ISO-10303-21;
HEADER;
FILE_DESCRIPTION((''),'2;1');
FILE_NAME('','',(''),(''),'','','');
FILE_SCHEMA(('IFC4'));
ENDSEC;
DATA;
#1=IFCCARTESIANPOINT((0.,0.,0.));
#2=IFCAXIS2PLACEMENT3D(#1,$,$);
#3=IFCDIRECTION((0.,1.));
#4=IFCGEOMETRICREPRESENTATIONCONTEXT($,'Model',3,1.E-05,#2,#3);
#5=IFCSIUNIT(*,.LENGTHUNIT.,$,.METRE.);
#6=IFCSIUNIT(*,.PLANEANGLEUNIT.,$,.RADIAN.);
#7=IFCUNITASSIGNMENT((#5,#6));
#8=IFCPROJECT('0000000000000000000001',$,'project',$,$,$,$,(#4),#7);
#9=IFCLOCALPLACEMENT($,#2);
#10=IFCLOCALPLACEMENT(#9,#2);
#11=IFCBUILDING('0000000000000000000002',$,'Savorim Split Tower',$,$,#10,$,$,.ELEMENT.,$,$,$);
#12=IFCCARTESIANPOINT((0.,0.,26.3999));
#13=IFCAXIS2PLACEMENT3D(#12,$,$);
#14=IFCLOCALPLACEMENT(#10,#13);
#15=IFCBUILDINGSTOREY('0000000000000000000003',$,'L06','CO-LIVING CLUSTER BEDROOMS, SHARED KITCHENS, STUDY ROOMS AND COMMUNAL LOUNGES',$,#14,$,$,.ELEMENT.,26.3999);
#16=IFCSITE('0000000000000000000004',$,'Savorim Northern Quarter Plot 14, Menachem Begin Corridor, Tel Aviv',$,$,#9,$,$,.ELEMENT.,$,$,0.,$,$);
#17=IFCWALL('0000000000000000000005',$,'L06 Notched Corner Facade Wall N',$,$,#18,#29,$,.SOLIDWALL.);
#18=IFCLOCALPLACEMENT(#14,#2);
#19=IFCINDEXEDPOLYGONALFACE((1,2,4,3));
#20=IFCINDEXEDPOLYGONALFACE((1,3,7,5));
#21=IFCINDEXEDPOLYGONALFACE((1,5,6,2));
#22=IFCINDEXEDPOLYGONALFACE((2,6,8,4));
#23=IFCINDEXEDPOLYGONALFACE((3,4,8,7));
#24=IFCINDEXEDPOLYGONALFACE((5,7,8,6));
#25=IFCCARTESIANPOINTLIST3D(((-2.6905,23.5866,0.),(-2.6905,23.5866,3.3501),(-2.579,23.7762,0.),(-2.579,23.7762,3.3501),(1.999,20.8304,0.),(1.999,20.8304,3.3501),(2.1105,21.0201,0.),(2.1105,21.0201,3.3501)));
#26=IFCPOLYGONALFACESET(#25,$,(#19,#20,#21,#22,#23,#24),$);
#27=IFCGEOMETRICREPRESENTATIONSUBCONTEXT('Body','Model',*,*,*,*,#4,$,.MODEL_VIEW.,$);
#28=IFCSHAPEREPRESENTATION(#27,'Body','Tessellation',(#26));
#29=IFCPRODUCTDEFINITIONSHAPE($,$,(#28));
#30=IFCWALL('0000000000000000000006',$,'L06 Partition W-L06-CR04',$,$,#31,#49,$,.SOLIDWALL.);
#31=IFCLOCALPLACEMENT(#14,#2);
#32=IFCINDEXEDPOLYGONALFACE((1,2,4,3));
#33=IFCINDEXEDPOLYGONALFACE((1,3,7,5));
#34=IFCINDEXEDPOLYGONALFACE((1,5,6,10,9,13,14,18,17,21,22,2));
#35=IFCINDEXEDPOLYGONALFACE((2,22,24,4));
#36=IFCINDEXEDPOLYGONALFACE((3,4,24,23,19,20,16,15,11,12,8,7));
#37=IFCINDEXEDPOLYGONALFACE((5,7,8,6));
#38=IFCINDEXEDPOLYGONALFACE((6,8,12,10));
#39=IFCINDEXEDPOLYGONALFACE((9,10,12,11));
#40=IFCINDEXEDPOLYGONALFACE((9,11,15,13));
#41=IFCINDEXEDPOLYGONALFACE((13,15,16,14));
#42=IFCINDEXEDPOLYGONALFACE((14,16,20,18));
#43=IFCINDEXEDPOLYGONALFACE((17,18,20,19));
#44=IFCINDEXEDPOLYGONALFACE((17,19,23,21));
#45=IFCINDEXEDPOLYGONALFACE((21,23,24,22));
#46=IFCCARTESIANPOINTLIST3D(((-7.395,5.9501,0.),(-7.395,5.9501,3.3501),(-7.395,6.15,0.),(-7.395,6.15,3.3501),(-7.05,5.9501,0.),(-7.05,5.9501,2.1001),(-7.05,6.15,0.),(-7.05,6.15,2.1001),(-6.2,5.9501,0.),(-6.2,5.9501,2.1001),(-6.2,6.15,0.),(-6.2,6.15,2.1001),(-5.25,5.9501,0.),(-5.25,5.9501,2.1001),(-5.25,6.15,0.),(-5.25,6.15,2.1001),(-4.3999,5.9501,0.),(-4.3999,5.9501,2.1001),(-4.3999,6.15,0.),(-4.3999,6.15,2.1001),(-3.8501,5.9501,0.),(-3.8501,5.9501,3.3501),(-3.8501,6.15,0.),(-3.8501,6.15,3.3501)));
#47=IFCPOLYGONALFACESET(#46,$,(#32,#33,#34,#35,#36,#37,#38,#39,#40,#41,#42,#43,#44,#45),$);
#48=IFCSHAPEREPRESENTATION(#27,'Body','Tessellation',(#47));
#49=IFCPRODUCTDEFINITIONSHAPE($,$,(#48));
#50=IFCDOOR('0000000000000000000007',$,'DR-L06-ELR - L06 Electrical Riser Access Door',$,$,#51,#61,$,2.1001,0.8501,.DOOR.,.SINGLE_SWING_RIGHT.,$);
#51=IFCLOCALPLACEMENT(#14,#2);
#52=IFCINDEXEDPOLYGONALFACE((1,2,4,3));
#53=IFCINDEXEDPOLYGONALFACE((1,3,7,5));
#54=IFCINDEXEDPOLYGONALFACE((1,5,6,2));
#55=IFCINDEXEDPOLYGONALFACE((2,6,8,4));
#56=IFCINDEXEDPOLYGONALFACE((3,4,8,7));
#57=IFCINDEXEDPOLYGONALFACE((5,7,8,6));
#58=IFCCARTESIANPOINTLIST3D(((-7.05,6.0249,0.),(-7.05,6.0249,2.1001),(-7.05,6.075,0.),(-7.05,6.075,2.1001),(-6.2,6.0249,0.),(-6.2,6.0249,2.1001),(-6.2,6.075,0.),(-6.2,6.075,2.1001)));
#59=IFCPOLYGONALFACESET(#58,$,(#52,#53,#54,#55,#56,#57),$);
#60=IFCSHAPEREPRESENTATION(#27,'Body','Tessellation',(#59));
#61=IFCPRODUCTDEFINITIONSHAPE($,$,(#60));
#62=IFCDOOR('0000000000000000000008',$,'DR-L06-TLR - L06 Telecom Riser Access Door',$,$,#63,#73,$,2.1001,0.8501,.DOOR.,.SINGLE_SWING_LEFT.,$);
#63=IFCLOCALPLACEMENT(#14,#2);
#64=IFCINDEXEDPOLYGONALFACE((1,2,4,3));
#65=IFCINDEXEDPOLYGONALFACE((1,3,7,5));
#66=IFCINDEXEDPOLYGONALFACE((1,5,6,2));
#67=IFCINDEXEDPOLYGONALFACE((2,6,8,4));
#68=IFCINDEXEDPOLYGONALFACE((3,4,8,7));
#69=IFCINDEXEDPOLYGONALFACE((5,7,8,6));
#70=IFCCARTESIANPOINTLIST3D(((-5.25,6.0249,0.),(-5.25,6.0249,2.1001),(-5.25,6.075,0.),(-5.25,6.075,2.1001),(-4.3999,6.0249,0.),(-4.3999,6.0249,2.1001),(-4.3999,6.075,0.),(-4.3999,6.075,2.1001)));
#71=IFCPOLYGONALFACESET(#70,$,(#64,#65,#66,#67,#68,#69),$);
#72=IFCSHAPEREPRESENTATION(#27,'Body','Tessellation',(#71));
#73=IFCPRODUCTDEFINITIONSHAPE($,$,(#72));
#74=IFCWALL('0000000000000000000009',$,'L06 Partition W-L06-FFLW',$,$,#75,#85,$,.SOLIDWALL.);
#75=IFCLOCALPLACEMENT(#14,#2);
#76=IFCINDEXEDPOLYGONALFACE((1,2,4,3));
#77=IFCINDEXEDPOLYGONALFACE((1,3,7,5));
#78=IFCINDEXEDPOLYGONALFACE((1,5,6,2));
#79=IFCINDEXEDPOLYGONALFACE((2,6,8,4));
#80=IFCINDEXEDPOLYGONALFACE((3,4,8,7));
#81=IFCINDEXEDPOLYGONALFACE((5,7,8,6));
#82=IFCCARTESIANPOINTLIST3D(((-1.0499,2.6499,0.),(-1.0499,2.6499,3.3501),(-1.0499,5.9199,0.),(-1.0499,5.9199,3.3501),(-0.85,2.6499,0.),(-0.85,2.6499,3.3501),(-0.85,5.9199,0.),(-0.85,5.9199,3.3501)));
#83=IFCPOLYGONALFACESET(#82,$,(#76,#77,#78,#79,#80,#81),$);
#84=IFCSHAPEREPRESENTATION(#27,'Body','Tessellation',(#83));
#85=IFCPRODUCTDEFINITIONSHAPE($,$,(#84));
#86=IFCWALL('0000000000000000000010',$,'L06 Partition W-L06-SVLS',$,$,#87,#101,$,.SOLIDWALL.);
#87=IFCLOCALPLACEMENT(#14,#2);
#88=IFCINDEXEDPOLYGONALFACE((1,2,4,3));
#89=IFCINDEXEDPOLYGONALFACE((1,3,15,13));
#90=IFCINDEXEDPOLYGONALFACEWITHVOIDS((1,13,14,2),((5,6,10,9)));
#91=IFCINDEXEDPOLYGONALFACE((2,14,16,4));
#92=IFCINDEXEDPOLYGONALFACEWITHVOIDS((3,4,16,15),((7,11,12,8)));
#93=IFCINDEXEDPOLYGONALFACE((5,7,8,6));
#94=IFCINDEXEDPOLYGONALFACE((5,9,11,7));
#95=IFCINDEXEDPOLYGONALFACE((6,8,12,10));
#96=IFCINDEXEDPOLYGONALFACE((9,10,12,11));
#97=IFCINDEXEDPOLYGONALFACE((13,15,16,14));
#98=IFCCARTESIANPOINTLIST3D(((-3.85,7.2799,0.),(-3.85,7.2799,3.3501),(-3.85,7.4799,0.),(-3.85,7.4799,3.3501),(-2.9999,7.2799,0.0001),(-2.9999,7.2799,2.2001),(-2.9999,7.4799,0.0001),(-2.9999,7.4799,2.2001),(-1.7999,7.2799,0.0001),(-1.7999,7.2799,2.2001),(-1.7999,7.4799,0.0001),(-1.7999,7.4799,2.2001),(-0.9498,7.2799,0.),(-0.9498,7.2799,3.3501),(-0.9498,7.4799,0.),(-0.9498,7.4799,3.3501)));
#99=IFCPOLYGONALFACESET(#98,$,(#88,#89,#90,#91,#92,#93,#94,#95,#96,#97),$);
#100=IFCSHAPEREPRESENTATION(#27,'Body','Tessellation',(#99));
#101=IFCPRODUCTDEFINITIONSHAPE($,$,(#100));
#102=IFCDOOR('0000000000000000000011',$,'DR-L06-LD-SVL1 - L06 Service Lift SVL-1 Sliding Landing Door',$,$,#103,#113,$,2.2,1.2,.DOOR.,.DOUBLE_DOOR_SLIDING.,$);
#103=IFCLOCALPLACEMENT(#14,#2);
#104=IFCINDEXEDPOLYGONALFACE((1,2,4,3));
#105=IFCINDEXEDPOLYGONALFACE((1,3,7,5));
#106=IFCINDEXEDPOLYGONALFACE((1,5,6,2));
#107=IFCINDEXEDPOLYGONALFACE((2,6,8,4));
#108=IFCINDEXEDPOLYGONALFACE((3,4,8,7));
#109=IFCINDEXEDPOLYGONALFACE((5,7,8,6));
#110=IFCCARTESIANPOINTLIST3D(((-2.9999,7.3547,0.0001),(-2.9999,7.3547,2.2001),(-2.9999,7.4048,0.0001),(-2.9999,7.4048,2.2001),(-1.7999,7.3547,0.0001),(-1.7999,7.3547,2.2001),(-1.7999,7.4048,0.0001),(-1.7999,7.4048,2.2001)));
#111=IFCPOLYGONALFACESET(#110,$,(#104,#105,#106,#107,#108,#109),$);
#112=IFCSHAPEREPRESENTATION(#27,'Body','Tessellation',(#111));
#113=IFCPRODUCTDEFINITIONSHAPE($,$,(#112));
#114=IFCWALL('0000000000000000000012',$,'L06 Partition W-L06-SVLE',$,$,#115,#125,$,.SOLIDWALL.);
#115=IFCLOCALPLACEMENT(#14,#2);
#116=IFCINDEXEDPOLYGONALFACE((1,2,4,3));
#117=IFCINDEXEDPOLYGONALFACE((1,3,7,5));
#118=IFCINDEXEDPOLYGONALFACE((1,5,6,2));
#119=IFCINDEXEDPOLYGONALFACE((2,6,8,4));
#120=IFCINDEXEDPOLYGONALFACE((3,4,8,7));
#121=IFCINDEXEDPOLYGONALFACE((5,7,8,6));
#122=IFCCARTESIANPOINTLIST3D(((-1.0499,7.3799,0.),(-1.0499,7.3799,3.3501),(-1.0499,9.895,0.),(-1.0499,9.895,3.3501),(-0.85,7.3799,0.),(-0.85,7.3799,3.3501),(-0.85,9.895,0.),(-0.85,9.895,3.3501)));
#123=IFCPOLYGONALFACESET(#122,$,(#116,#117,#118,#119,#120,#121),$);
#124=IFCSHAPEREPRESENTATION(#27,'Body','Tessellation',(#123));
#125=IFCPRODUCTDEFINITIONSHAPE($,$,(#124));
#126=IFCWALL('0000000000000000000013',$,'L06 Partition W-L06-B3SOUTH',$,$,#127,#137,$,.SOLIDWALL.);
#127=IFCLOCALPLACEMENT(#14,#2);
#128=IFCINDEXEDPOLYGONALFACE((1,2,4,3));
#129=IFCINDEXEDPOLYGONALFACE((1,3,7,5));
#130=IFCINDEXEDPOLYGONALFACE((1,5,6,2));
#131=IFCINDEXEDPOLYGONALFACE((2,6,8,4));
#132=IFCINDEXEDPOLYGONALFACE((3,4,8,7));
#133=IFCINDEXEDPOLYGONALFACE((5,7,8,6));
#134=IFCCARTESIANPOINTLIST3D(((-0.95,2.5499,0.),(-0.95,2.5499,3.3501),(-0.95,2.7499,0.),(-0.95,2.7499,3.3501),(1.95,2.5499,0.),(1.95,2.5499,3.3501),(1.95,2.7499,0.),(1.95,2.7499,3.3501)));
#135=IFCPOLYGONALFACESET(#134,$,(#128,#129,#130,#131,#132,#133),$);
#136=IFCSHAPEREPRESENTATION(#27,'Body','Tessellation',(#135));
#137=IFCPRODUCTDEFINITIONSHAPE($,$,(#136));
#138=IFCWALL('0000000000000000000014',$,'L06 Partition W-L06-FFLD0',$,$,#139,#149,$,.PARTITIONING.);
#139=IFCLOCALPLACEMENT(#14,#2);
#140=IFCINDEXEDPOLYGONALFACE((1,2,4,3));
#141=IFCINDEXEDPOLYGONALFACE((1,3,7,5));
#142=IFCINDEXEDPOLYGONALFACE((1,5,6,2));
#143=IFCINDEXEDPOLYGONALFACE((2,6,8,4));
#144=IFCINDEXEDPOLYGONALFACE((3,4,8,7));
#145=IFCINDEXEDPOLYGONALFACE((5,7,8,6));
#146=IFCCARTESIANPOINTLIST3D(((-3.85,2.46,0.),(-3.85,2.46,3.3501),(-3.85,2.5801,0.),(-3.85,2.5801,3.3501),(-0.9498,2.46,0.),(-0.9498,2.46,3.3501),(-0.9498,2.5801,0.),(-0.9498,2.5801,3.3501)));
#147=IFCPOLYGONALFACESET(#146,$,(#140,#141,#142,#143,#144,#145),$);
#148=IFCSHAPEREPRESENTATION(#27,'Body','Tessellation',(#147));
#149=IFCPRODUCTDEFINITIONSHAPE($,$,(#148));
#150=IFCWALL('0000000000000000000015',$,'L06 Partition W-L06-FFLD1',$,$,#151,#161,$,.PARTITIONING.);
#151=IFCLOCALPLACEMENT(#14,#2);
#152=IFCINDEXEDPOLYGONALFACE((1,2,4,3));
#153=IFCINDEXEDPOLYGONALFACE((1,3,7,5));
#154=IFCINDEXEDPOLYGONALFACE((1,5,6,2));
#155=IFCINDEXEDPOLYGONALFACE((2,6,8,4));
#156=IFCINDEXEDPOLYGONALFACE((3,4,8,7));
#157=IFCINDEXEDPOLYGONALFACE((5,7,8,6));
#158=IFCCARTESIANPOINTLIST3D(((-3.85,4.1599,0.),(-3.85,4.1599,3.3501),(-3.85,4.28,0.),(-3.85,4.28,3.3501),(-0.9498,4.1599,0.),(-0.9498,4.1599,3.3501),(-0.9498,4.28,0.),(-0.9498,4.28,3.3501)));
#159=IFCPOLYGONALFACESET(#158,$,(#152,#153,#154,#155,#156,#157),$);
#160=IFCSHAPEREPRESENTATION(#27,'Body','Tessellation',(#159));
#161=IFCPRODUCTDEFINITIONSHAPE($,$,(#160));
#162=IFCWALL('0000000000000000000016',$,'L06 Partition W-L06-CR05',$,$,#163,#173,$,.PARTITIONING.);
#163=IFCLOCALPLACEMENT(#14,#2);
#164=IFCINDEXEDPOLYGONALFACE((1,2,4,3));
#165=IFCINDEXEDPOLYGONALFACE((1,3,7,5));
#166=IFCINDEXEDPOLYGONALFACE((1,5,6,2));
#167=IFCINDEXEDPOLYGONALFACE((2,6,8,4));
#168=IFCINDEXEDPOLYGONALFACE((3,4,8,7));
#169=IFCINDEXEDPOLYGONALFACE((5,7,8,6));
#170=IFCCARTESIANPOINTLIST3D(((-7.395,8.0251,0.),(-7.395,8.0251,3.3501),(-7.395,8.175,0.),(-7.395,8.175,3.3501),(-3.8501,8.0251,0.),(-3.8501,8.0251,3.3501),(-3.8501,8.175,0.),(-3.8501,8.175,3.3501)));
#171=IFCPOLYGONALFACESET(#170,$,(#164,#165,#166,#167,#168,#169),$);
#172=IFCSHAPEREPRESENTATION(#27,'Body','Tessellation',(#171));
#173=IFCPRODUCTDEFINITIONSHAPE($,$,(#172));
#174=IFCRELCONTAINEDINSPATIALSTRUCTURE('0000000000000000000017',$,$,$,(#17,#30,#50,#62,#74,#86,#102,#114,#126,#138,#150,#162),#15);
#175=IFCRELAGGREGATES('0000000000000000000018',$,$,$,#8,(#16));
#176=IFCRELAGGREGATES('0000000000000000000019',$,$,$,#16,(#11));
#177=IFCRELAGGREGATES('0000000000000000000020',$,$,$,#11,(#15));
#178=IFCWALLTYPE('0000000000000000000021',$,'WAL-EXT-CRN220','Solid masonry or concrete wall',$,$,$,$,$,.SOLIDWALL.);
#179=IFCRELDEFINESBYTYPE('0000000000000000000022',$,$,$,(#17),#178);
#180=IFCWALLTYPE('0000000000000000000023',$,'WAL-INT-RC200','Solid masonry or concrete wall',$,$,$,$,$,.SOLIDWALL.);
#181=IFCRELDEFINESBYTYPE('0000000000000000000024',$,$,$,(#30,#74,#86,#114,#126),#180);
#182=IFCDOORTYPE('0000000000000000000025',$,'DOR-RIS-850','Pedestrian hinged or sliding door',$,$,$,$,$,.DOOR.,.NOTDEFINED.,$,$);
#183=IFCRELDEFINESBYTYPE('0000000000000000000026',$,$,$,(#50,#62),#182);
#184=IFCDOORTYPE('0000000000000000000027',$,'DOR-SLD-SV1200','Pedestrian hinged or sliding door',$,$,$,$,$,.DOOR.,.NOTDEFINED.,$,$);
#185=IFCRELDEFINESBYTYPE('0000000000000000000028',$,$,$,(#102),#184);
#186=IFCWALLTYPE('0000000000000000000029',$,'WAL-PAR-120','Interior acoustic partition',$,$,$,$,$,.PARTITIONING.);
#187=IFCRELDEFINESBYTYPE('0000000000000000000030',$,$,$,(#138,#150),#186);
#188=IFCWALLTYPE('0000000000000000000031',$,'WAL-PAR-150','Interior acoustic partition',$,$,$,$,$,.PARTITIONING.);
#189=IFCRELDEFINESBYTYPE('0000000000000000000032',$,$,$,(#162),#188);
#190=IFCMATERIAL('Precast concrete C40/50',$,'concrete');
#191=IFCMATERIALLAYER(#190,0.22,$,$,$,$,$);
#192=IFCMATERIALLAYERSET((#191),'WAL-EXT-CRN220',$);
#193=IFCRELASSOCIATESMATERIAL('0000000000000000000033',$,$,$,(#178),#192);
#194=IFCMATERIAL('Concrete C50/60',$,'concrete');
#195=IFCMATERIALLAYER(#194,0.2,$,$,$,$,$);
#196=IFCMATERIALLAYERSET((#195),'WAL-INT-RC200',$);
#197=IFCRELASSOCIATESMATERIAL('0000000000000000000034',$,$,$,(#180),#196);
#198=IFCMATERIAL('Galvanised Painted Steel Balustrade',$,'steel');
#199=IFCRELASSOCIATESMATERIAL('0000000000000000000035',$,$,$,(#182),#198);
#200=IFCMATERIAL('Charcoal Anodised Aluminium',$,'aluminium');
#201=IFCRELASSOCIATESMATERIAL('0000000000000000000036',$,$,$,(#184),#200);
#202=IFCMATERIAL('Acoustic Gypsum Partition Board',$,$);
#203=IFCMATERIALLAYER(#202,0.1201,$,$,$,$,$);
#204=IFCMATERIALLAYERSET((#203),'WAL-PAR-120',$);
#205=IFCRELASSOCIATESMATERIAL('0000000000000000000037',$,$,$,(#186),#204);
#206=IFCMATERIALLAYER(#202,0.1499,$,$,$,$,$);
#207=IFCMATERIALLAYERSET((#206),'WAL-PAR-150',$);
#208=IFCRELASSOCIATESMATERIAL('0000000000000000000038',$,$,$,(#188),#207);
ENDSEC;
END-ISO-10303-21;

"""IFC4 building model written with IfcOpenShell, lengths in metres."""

from ifc_helpers import new_model, si_unit, direction, frame, frame_2d, origin, place, context, subcontext, project, spatial, rectangle, extrude, material, layer, layer_set, type_object, element, fill, save


model = new_model("IFC4")

# Units and contexts
model_context = context("Model", 3, precision=1e-05, world=origin(), true_north=direction((0.0, 1.0)))
body_context = subcontext(model_context, "Body", "Model", "MODEL_VIEW")
ifc_project = project(units=[si_unit("LENGTHUNIT", "METRE"), si_unit("PLANEANGLEUNIT", "RADIAN")], contexts=[model_context])

# Site, building, storey
site_placement = place(None, origin())
site = spatial("IfcSite", under=ifc_project, at=site_placement, Name="Savorim Northern Quarter Plot 14, Menachem Begin Corridor, Tel Aviv", CompositionType="ELEMENT", RefElevation=0.0)
building_placement = place(site_placement, origin())
building = spatial("IfcBuilding", under=site, at=building_placement, Name="Savorim Split Tower", CompositionType="ELEMENT")
storey_placement = place(building_placement, frame((0.0, 0.0, 26.3999)))
storey = spatial("IfcBuildingStorey", under=building, at=storey_placement, Name="L06", Description="CO-LIVING CLUSTER BEDROOMS, SHARED KITCHENS, STUDY ROOMS AND COMMUNAL LOUNGES", CompositionType="ELEMENT", Elevation=26.3999)

# Wall
ifc_material_1 = material(Name="Precast concrete C40/50", Category="concrete")
ifc_layer_1 = layer(ifc_material_1, 0.22)
ifc_layer_set_1 = layer_set([ifc_layer_1], Name="WAL-EXT-CRN220")
wall_type_1 = type_object("IfcWallType", Name="WAL-EXT-CRN220", Description="Solid masonry or concrete wall", PredefinedType="SOLIDWALL", material=ifc_layer_set_1)
wall_1_placement = place(storey_placement, frame((-2.6348, 23.6814, 0.0), z_axis=(0.0, 0.0, 1.0), x_axis=(0.862127, -0.506693, 0.0)))
element("IfcWall", 1, at=wall_1_placement, inside=storey, type_object=wall_type_1, Name="L06 Notched Corner Facade Wall N", PredefinedType="SOLIDWALL", context=body_context, shape_type="SweptSolid", body=[
    extrude(rectangle(XDim=5.4395, YDim=0.22, at=frame_2d((2.7197, 0.0))), origin(), (0.0, 0.0, 1.0), 3.3501),
])

# Wall, openings, doors
ifc_material_2 = material(Name="Concrete C50/60", Category="concrete")
ifc_layer_2 = layer(ifc_material_2, 0.2)
ifc_layer_set_2 = layer_set([ifc_layer_2], Name="WAL-INT-RC200")
wall_type_2 = type_object("IfcWallType", Name="WAL-INT-RC200", Description="Solid masonry or concrete wall", PredefinedType="SOLIDWALL", material=ifc_layer_set_2)
ifc_material_3 = material(Name="Charcoal Anodised Aluminium", Category="aluminium")
wall_2_placement = place(storey_placement, frame((-7.395, 6.05, 0.0), z_axis=(0.0, 0.0, 1.0), x_axis=(1.0, 0.0, 0.0)))
wall_2 = element("IfcWall", 2, at=wall_2_placement, inside=storey, type_object=wall_type_2, Name="L06 Partition W-L06-CR04", PredefinedType="SOLIDWALL", context=body_context, shape_type="SweptSolid", body=[
    extrude(rectangle(XDim=3.5449, YDim=0.2, at=frame_2d((1.7725, 0.0))), origin(), (0.0, 0.0, 1.0), 3.3501),
])
opening_1_placement = place(wall_2_placement, frame((0.345, 0.0, 0.0)))
opening_1 = element("IfcOpeningElement", 3, at=opening_1_placement, cuts=wall_2, PredefinedType="OPENING", context=body_context, shape_type="SweptSolid", body=[
    extrude(rectangle(XDim=0.8501, YDim=2.1001, at=frame_2d((0.425, 1.05))), frame((0.0, 0.1099, 0.0), z_axis=(0.0, -1.0, 0.0), x_axis=(1.0, 0.0, 0.0)), (0.0, 0.0, 1.0), 0.22),
])
opening_2_placement = place(wall_2_placement, frame((2.145, 0.0, 0.0)))
opening_2 = element("IfcOpeningElement", 4, at=opening_2_placement, cuts=wall_2, PredefinedType="OPENING", context=body_context, shape_type="SweptSolid", body=[
    extrude(rectangle(XDim=0.8501, YDim=2.1001, at=frame_2d((0.425, 1.05))), frame((0.0, 0.1099, 0.0), z_axis=(0.0, -1.0, 0.0), x_axis=(1.0, 0.0, 0.0)), (0.0, 0.0, 1.0), 0.22),
])
ifc_material_4 = material(Name="Galvanised Painted Steel Balustrade", Category="steel")
door_type_1 = type_object("IfcDoorType", Name="DOR-RIS-850", Description="Pedestrian hinged or sliding door", OperationType="NOTDEFINED", PredefinedType="DOOR", material=ifc_material_4)
door_1_placement = place(opening_1_placement, origin())
door_1 = element("IfcDoor", 5, at=door_1_placement, inside=storey, type_object=door_type_1, Name="DR-L06-ELR - L06 Electrical Riser Access Door", OperationType="SINGLE_SWING_RIGHT", OverallHeight=2.1001, OverallWidth=0.8501, PredefinedType="DOOR", context=body_context, shape_type="SweptSolid", body=[
    extrude(rectangle(XDim=0.8501, YDim=2.1001, at=frame_2d((0.425, 1.05))), frame((0.0, 0.0249, 0.0), z_axis=(0.0, -1.0, 0.0), x_axis=(1.0, 0.0, 0.0)), (0.0, 0.0, 1.0), 0.05),
])
fill(opening_1, door_1)
door_2_placement = place(opening_2_placement, origin())
door_2 = element("IfcDoor", 6, at=door_2_placement, inside=storey, type_object=door_type_1, Name="DR-L06-TLR - L06 Telecom Riser Access Door", OperationType="SINGLE_SWING_LEFT", OverallHeight=2.1001, OverallWidth=0.8501, PredefinedType="DOOR", context=body_context, shape_type="SweptSolid", body=[
    extrude(rectangle(XDim=0.8501, YDim=2.1001, at=frame_2d((0.425, 1.05))), frame((0.0, 0.0249, 0.0), z_axis=(0.0, -1.0, 0.0), x_axis=(1.0, 0.0, 0.0)), (0.0, 0.0, 1.0), 0.05),
])
fill(opening_2, door_2)

# Wall
wall_3_placement = place(storey_placement, frame((-0.95, 2.6499, 0.0), z_axis=(0.0, 0.0, 1.0), x_axis=(0.0, 1.0, 0.0)))
element("IfcWall", 7, at=wall_3_placement, inside=storey, type_object=wall_type_2, Name="L06 Partition W-L06-FFLW", PredefinedType="SOLIDWALL", context=body_context, shape_type="SweptSolid", body=[
    extrude(rectangle(XDim=3.27, YDim=0.2, at=frame_2d((1.635, 0.0))), origin(), (0.0, 0.0, 1.0), 3.3501),
])

# Wall, opening, door
wall_4_placement = place(storey_placement, frame((-3.8501, 7.3799, 0.0), z_axis=(0.0, 0.0, 1.0), x_axis=(1.0, 0.0, 0.0)))
wall_4 = element("IfcWall", 8, at=wall_4_placement, inside=storey, type_object=wall_type_2, Name="L06 Partition W-L06-SVLS", PredefinedType="SOLIDWALL", context=body_context, shape_type="SweptSolid", body=[
    extrude(rectangle(XDim=2.9001, YDim=0.2, at=frame_2d((1.4502, 0.0))), origin(), (0.0, 0.0, 1.0), 3.3501),
])
opening_3_placement = place(wall_4_placement, frame((0.8501, 0.0, 0.0)))
opening_3 = element("IfcOpeningElement", 9, at=opening_3_placement, cuts=wall_4, PredefinedType="OPENING", context=body_context, shape_type="SweptSolid", body=[
    extrude(rectangle(XDim=1.2, YDim=2.2, at=frame_2d((0.6001, 1.1001))), frame((0.0, 0.1099, 0.0), z_axis=(0.0, -1.0, 0.0), x_axis=(1.0, 0.0, 0.0)), (0.0, 0.0, 1.0), 0.22),
])
door_type_2 = type_object("IfcDoorType", Name="DOR-SLD-SV1200", Description="Pedestrian hinged or sliding door", OperationType="NOTDEFINED", PredefinedType="DOOR", material=ifc_material_3)
door_3_placement = place(opening_3_placement, origin())
door_3 = element("IfcDoor", 10, at=door_3_placement, inside=storey, type_object=door_type_2, Name="DR-L06-LD-SVL1 - L06 Service Lift SVL-1 Sliding Landing Door", OperationType="DOUBLE_DOOR_SLIDING", OverallHeight=2.2, OverallWidth=1.2, PredefinedType="DOOR", context=body_context, shape_type="SweptSolid", body=[
    extrude(rectangle(XDim=1.2, YDim=2.2, at=frame_2d((0.6001, 1.1001))), frame((0.0, 0.0249, 0.0), z_axis=(0.0, -1.0, 0.0), x_axis=(1.0, 0.0, 0.0)), (0.0, 0.0, 1.0), 0.05),
])
fill(opening_3, door_3)

# Walls
wall_5_placement = place(storey_placement, frame((-0.95, 7.3799, 0.0), z_axis=(0.0, 0.0, 1.0), x_axis=(0.0, 1.0, 0.0)))
element("IfcWall", 11, at=wall_5_placement, inside=storey, type_object=wall_type_2, Name="L06 Partition W-L06-SVLE", PredefinedType="SOLIDWALL", context=body_context, shape_type="SweptSolid", body=[
    extrude(rectangle(XDim=2.5151, YDim=0.2, at=frame_2d((1.2576, 0.0))), origin(), (0.0, 0.0, 1.0), 3.3501),
])
wall_6_placement = place(storey_placement, frame((-0.95, 2.6499, 0.0), z_axis=(0.0, 0.0, 1.0), x_axis=(1.0, 0.0, 0.0)))
element("IfcWall", 12, at=wall_6_placement, inside=storey, type_object=wall_type_2, Name="L06 Partition W-L06-B3SOUTH", PredefinedType="SOLIDWALL", context=body_context, shape_type="SweptSolid", body=[
    extrude(rectangle(XDim=2.8999, YDim=0.2, at=frame_2d((1.45, 0.0))), origin(), (0.0, 0.0, 1.0), 3.3501),
])
ifc_material_5 = material(Name="Acoustic Gypsum Partition Board")
ifc_layer_3 = layer(ifc_material_5, 0.1201)
ifc_layer_set_3 = layer_set([ifc_layer_3], Name="WAL-PAR-120")
wall_type_3 = type_object("IfcWallType", Name="WAL-PAR-120", Description="Interior acoustic partition", PredefinedType="PARTITIONING", material=ifc_layer_set_3)
for number, where, z_axis, x_axis, name in (
    (13, (-3.8501, 2.52, 0.0), (0.0, 0.0, 1.0), (1.0, 0.0, 0.0), "L06 Partition W-L06-FFLD0"),
    (14, (-3.8501, 4.22, 0.0), (0.0, 0.0, 1.0), (1.0, 0.0, 0.0), "L06 Partition W-L06-FFLD1"),
):
    element("IfcWall", number, at=place(storey_placement, frame(where, z_axis=z_axis, x_axis=x_axis)), inside=storey, type_object=wall_type_3, Name=name, PredefinedType="PARTITIONING", context=body_context, shape_type="SweptSolid", body=[
        extrude(rectangle(XDim=2.9001, YDim=0.1201, at=frame_2d((1.4502, 0.0))), origin(), (0.0, 0.0, 1.0), 3.3501),
    ])
ifc_layer_4 = layer(ifc_material_5, 0.1499)
ifc_layer_set_4 = layer_set([ifc_layer_4], Name="WAL-PAR-150")
wall_type_4 = type_object("IfcWallType", Name="WAL-PAR-150", Description="Interior acoustic partition", PredefinedType="PARTITIONING", material=ifc_layer_set_4)
wall_7_placement = place(storey_placement, frame((-7.395, 8.1001, 0.0), z_axis=(0.0, 0.0, 1.0), x_axis=(1.0, 0.0, 0.0)))
element("IfcWall", 15, at=wall_7_placement, inside=storey, type_object=wall_type_4, Name="L06 Partition W-L06-CR05", PredefinedType="PARTITIONING", context=body_context, shape_type="SweptSolid", body=[
    extrude(rectangle(XDim=3.5449, YDim=0.1499, at=frame_2d((1.7725, 0.0))), origin(), (0.0, 0.0, 1.0), 3.3501),
])

save(model, "model.ifc")
